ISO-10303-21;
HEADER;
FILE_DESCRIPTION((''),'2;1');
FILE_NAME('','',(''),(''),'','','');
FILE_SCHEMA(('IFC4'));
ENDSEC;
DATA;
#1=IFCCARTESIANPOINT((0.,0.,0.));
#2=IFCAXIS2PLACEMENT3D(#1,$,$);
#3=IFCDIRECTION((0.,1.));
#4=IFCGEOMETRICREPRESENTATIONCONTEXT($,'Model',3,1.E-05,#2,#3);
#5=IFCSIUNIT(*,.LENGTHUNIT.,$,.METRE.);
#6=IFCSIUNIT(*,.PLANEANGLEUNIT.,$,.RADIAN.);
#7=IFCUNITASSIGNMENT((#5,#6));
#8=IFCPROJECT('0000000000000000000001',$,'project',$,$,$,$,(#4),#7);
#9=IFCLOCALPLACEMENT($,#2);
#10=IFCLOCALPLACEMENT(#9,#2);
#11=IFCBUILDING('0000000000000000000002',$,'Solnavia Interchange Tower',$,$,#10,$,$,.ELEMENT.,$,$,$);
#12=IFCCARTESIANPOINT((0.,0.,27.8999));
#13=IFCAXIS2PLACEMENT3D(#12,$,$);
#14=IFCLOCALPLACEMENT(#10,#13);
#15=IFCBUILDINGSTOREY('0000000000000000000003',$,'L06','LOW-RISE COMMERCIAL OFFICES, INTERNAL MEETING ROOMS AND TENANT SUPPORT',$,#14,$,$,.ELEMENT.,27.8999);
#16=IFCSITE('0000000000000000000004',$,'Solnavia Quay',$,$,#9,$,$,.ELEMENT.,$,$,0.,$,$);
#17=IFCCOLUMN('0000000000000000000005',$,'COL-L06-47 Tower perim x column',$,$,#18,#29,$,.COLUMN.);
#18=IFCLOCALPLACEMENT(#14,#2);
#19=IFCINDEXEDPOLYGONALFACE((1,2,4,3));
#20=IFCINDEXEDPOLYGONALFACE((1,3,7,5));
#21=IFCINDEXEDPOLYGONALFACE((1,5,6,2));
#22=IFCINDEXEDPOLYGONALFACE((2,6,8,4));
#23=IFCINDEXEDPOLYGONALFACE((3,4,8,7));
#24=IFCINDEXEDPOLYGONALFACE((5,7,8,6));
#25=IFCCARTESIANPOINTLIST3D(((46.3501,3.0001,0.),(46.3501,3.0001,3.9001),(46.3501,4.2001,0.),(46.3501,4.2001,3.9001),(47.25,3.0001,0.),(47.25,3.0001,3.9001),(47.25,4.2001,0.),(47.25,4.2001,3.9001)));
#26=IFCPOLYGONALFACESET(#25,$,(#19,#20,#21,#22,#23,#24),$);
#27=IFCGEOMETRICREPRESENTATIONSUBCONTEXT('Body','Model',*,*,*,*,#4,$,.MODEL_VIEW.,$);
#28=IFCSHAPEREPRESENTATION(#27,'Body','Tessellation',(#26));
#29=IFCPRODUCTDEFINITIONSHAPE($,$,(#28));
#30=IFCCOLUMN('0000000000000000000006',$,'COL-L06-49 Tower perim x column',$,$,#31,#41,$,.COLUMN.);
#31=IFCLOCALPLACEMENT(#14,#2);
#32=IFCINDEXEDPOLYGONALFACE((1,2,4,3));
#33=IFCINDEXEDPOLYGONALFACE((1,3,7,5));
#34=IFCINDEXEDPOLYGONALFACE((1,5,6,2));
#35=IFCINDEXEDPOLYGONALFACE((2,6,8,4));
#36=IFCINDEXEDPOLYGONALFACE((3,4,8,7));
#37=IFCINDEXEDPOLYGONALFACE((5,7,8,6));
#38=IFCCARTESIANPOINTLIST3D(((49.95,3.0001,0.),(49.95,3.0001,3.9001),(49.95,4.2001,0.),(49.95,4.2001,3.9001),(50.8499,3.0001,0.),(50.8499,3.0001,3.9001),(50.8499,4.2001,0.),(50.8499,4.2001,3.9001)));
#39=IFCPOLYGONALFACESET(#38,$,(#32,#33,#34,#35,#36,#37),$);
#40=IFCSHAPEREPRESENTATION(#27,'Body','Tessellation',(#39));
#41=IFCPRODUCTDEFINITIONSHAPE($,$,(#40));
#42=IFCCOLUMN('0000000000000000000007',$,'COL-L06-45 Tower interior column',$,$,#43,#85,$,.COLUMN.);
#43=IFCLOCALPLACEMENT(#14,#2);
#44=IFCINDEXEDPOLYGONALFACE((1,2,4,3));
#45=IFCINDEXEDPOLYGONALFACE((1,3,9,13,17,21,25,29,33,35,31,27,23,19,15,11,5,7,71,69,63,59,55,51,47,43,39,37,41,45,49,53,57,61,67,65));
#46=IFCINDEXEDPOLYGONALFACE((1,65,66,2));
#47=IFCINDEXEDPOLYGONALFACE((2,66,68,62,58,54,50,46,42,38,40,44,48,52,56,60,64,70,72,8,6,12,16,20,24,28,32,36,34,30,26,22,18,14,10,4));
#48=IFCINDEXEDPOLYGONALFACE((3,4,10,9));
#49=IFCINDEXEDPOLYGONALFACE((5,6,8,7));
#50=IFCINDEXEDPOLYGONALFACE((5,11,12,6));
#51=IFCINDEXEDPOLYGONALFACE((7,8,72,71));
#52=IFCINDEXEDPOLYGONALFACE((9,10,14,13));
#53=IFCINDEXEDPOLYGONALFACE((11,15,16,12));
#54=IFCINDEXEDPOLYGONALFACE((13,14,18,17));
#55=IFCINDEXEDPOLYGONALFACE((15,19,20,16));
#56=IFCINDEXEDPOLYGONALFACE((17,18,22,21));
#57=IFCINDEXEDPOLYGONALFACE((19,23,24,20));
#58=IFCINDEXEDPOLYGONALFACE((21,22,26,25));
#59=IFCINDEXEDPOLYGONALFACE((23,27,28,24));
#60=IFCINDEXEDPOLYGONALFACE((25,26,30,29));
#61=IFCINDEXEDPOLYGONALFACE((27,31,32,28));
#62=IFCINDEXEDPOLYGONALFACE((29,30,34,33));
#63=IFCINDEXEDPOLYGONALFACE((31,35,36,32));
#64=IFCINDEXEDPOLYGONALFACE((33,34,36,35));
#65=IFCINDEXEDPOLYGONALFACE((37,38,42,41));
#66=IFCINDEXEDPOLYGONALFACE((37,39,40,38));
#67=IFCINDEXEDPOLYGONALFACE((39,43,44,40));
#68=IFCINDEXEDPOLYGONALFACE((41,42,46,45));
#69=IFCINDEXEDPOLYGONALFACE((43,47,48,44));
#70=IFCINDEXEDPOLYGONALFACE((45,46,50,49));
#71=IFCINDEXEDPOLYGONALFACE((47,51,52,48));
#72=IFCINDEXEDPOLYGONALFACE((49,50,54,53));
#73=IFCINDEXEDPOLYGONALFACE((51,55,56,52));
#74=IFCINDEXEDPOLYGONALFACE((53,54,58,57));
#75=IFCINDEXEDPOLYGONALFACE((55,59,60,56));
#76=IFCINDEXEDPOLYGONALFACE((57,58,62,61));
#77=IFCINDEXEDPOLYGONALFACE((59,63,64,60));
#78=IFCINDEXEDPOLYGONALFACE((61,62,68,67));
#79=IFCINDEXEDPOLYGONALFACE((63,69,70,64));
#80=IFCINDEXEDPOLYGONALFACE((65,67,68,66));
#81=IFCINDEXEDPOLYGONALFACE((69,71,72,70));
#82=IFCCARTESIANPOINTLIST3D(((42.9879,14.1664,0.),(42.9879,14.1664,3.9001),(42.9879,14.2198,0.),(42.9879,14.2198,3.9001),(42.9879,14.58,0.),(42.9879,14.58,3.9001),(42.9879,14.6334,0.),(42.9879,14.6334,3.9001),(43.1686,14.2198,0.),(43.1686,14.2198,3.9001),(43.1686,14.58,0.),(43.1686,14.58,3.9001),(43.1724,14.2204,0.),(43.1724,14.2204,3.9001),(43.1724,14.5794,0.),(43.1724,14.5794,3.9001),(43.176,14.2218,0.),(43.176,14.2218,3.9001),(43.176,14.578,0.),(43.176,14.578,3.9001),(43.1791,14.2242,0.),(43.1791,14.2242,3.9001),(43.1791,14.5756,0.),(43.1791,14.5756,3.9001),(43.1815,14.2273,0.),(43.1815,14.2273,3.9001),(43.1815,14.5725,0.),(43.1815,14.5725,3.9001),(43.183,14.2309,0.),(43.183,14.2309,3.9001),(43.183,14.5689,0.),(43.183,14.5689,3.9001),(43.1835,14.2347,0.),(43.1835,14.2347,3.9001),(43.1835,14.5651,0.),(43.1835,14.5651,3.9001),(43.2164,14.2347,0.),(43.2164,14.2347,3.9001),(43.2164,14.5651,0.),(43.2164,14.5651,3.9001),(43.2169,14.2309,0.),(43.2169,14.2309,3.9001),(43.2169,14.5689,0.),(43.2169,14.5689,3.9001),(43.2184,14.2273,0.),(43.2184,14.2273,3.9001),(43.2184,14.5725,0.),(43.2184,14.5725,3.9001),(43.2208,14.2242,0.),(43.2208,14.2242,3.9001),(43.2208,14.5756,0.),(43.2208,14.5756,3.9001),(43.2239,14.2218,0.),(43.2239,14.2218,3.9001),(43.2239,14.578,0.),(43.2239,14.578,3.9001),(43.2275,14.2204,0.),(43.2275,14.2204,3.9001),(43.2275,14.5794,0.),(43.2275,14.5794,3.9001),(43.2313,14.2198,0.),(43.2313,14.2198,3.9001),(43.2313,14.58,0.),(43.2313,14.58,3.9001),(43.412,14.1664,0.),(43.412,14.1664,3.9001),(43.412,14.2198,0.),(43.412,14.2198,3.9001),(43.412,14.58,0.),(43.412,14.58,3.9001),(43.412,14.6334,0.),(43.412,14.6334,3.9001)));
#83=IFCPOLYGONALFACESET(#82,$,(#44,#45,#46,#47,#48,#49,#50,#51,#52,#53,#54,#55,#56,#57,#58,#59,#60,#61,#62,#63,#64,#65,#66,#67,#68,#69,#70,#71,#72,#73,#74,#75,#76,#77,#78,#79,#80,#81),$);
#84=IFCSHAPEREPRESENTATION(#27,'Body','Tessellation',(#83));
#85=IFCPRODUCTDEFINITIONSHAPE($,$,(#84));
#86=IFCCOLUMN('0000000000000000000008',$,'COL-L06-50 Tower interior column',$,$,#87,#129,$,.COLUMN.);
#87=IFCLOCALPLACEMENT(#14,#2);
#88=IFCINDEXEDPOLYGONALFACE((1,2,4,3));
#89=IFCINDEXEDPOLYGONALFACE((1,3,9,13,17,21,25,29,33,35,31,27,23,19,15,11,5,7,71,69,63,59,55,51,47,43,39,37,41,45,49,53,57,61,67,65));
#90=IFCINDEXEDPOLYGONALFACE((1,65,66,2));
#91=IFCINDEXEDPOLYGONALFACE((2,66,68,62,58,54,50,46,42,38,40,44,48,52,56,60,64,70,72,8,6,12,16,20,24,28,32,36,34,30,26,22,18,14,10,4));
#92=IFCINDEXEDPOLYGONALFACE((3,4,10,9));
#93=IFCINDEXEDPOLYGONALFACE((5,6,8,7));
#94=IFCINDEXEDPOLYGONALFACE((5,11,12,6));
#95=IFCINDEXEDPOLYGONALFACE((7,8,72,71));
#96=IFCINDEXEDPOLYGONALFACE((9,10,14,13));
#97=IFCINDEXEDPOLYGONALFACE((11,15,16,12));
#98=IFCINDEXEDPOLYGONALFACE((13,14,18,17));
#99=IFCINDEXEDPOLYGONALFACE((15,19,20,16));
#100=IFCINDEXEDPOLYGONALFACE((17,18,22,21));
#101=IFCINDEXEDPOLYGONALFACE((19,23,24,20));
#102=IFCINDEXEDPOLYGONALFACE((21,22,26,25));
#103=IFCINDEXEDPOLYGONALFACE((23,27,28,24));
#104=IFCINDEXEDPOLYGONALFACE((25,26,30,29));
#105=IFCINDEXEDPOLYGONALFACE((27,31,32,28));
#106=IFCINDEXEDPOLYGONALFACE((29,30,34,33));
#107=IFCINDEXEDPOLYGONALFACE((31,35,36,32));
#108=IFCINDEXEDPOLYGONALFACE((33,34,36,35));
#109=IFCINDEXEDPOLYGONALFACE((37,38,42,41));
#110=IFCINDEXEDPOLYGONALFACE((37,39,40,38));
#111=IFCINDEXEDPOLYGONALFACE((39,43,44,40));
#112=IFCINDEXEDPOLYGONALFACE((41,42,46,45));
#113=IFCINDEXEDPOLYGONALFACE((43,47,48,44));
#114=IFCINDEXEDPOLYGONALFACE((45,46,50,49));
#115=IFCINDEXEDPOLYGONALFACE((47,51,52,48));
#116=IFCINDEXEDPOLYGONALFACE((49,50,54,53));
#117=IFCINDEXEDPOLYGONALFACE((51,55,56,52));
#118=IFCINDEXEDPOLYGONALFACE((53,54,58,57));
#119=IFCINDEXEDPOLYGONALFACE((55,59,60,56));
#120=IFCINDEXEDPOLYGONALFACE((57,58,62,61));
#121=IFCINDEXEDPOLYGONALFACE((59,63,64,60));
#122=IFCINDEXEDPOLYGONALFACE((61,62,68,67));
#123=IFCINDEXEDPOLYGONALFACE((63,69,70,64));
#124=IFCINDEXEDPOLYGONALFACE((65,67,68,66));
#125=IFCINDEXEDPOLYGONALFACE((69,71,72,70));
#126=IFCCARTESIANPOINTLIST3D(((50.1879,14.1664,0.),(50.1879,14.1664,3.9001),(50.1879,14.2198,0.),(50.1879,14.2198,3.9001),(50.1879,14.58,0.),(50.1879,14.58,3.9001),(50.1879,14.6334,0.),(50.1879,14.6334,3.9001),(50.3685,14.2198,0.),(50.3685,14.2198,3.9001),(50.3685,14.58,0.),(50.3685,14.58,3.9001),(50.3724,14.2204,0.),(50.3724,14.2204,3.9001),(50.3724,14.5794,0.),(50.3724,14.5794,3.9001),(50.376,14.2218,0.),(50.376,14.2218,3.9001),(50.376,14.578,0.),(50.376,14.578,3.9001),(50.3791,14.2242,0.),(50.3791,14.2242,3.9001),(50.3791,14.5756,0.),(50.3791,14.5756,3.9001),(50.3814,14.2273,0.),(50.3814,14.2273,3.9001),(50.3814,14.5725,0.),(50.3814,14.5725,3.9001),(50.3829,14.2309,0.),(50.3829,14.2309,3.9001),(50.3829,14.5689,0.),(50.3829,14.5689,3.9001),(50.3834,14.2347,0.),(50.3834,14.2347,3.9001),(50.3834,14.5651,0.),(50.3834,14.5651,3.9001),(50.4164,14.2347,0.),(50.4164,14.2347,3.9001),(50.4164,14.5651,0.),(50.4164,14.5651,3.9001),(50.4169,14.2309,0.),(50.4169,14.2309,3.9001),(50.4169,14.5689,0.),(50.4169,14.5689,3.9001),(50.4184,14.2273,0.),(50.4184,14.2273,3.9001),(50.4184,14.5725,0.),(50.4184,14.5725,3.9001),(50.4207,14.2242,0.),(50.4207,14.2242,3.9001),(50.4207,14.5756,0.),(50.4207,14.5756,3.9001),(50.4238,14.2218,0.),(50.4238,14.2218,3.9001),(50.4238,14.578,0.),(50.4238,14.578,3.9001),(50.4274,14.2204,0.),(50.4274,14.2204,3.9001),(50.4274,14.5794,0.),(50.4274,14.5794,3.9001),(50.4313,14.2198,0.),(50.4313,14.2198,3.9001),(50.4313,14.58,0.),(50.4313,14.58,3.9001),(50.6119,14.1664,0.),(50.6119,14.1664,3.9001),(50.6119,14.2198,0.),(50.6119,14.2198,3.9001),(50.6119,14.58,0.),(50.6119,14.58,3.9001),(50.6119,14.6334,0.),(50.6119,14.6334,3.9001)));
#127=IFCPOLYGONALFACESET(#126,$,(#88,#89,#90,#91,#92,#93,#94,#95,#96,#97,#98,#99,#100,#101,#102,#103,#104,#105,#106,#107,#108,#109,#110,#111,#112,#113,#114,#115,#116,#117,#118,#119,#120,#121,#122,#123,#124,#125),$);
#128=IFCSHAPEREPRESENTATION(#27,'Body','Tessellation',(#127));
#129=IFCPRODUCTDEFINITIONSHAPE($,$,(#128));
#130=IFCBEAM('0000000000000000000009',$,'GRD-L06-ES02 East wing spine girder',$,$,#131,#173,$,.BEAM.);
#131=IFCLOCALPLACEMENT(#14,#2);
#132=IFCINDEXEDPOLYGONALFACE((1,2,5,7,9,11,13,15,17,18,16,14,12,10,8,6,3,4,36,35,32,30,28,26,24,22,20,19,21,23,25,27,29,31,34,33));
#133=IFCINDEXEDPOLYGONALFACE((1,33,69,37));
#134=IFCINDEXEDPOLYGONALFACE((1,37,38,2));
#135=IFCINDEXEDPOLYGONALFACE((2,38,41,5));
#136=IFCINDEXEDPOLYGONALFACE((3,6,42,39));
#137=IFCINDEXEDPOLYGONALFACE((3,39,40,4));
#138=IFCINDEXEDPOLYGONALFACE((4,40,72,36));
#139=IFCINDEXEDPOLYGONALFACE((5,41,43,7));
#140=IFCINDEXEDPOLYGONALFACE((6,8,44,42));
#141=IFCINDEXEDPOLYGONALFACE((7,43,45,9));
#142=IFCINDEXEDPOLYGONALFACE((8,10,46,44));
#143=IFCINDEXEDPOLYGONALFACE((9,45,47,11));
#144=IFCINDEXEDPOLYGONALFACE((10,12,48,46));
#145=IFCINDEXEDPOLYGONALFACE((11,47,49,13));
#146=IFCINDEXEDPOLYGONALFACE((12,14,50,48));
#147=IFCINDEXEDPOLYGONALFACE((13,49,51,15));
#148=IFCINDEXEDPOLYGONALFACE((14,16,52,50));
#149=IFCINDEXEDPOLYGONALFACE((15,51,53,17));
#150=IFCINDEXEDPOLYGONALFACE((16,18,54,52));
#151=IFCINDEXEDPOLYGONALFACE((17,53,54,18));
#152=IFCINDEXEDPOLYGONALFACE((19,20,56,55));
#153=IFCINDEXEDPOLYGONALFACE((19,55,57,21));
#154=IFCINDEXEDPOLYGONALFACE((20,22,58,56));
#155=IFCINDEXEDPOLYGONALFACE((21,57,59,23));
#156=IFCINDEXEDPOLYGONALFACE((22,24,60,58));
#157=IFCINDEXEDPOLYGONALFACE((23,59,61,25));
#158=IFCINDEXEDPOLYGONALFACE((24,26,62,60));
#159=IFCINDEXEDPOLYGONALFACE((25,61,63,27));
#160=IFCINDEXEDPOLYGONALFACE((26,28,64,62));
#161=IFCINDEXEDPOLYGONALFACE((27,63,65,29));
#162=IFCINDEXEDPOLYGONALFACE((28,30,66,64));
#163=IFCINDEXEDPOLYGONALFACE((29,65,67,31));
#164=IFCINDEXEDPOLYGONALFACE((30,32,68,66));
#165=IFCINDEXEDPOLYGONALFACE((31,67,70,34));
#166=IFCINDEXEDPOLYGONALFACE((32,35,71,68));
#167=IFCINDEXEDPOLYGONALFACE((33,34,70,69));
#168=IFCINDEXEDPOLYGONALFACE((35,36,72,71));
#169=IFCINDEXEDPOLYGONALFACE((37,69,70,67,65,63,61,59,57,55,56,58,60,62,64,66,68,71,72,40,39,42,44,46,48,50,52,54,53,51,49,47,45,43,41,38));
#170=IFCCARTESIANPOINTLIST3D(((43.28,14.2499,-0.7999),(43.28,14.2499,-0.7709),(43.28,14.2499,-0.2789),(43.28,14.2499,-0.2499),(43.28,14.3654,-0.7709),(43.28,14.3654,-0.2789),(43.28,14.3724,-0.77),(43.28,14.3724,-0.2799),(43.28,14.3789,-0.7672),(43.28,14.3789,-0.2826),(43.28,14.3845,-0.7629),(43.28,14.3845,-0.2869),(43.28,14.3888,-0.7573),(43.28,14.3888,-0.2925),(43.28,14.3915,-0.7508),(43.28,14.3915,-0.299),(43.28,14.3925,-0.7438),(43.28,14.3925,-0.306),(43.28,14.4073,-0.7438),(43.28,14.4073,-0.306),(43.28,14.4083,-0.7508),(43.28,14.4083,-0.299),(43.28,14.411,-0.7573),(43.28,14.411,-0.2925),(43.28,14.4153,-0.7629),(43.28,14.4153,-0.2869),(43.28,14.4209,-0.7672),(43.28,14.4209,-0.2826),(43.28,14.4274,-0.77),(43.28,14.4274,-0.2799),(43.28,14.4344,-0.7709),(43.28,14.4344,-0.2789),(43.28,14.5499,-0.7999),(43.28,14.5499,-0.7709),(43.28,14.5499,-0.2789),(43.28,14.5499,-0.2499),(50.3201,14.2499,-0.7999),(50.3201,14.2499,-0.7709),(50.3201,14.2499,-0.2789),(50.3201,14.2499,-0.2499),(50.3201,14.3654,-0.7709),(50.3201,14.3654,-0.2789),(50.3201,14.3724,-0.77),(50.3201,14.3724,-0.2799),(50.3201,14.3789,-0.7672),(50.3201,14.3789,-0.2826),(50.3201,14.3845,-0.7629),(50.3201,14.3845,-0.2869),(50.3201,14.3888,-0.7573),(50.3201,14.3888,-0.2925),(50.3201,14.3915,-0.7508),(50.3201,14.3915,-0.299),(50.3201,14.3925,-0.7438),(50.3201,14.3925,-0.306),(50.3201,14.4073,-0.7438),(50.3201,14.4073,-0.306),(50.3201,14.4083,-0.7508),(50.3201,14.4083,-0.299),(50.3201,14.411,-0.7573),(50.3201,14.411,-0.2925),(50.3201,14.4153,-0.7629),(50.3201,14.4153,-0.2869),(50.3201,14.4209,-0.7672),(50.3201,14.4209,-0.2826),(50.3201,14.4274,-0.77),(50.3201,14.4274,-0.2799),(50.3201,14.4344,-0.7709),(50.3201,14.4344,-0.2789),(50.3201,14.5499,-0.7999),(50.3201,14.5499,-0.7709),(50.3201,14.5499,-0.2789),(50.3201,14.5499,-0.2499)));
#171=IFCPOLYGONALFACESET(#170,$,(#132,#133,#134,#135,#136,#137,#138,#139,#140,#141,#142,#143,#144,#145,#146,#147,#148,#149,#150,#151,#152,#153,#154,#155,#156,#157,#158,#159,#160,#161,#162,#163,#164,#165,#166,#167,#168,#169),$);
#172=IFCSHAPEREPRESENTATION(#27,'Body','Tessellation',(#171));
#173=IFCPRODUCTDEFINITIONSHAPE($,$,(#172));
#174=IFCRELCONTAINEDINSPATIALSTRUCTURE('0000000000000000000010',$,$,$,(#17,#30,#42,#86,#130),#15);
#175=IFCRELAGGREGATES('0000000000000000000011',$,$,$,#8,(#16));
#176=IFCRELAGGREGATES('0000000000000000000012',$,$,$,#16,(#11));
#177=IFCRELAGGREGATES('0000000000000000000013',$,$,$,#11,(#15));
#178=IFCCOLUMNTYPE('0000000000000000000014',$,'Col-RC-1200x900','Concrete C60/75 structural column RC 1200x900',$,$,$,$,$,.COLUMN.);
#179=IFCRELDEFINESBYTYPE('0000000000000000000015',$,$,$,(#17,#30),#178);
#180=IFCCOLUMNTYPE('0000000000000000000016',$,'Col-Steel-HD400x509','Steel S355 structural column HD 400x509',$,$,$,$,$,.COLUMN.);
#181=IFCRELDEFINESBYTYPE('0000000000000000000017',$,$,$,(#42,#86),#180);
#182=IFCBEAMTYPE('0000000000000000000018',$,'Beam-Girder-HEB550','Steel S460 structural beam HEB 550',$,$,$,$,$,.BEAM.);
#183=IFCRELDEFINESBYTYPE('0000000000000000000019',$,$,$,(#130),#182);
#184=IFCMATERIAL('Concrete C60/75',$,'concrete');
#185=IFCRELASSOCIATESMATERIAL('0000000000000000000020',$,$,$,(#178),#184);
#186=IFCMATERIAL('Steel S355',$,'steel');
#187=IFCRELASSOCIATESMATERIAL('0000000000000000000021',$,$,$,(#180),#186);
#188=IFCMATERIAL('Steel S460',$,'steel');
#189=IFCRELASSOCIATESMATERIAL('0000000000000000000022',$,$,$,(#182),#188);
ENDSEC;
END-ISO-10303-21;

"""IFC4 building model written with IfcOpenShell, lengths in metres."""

from ifc_helpers import new_model, si_unit, direction, frame, origin, origin_2d, place, context, subcontext, project, spatial, rectangle, i_section, extrude, material, material_profile, profile_set, type_object, element, save


model = new_model("IFC4")

# Units and contexts
model_context = context("Model", 3, precision=1e-05, world=origin(), true_north=direction((0.0, 1.0)))
body_context = subcontext(model_context, "Body", "Model", "MODEL_VIEW")
ifc_project = project(units=[si_unit("LENGTHUNIT", "METRE"), si_unit("PLANEANGLEUNIT", "RADIAN")], contexts=[model_context])

# Site, building, storey
site_placement = place(None, origin())
site = spatial("IfcSite", under=ifc_project, at=site_placement, Name="Solnavia Quay", CompositionType="ELEMENT", RefElevation=0.0)
building_placement = place(site_placement, origin())
building = spatial("IfcBuilding", under=site, at=building_placement, Name="Solnavia Interchange Tower", CompositionType="ELEMENT")
storey_placement = place(building_placement, frame((0.0, 0.0, 27.8999)))
storey = spatial("IfcBuildingStorey", under=building, at=storey_placement, Name="L06", Description="LOW-RISE COMMERCIAL OFFICES, INTERNAL MEETING ROOMS AND TENANT SUPPORT", CompositionType="ELEMENT", Elevation=27.8999)

# Columns
ifc_material_1 = material(Name="Concrete C60/75", Category="concrete")
ifc_material_profile_1 = material_profile(ifc_material_1, rectangle(XDim=0.8999, YDim=1.2, at=origin_2d()), Name="RC 1200x900")
ifc_profile_set_1 = profile_set([ifc_material_profile_1], Name="Concrete C60/75")
column_type_1 = type_object("IfcColumnType", Name="Col-RC-1200x900", Description="Concrete C60/75 structural column RC 1200x900", PredefinedType="COLUMN", material=ifc_profile_set_1)
for number, where, z_axis, x_axis, name in (
    (1, (46.8, 3.6001, 0.0), (0.0, 0.0, 1.0), (1.0, 0.0, 0.0), "COL-L06-47 Tower perim x column"),
    (2, (50.3999, 3.6001, 0.0), (0.0, 0.0, 1.0), (1.0, 0.0, 0.0), "COL-L06-49 Tower perim x column"),
):
    element("IfcColumn", number, at=place(storey_placement, frame(where, z_axis=z_axis, x_axis=x_axis)), inside=storey, type_object=column_type_1, Name=name, PredefinedType="COLUMN", context=body_context, shape_type="SweptSolid", body=[
        extrude(rectangle(XDim=0.8999, YDim=1.2, at=origin_2d()), origin(), (0.0, 0.0, 1.0), 3.9001),
    ])
ifc_material_2 = material(Name="Steel S355", Category="steel")
ifc_material_profile_2 = material_profile(ifc_material_2, i_section(OverallWidth=0.4241, OverallDepth=0.467, WebThickness=0.033, FlangeThickness=0.0535, FilletRadius=0.0149, at=origin_2d()), Name="HD 400x509")
ifc_profile_set_2 = profile_set([ifc_material_profile_2], Name="Steel S355")
column_type_2 = type_object("IfcColumnType", Name="Col-Steel-HD400x509", Description="Steel S355 structural column HD 400x509", PredefinedType="COLUMN", material=ifc_profile_set_2)
for number, where, z_axis, x_axis, name in (
    (3, (43.2, 14.3999, 0.0), (0.0, 0.0, 1.0), (1.0, 0.0, 0.0), "COL-L06-45 Tower interior column"),
    (4, (50.3999, 14.3999, 0.0), (0.0, 0.0, 1.0), (1.0, 0.0, 0.0), "COL-L06-50 Tower interior column"),
):
    element("IfcColumn", number, at=place(storey_placement, frame(where, z_axis=z_axis, x_axis=x_axis)), inside=storey, type_object=column_type_2, Name=name, PredefinedType="COLUMN", context=body_context, shape_type="SweptSolid", body=[
        extrude(i_section(OverallWidth=0.4241, OverallDepth=0.467, WebThickness=0.033, FlangeThickness=0.0535, FilletRadius=0.0149, at=origin_2d()), origin(), (0.0, 0.0, 1.0), 3.9001),
    ])

# Beam
ifc_material_3 = material(Name="Steel S460", Category="steel")
ifc_material_profile_3 = material_profile(ifc_material_3, i_section(OverallWidth=0.3, OverallDepth=0.55, WebThickness=0.0149, FlangeThickness=0.0291, FilletRadius=0.0271, at=origin_2d()), Name="HEB 550")
ifc_profile_set_3 = profile_set([ifc_material_profile_3], Name="Steel S460")
beam_type_1 = type_object("IfcBeamType", Name="Beam-Girder-HEB550", Description="Steel S460 structural beam HEB 550", PredefinedType="BEAM", material=ifc_profile_set_3)
beam_1_placement = place(storey_placement, frame((43.28, 14.3999, -0.5249), z_axis=(1.0, 0.0, 0.0), x_axis=(0.0, 1.0, 0.0)))
element("IfcBeam", 5, at=beam_1_placement, inside=storey, type_object=beam_type_1, Name="GRD-L06-ES02 East wing spine girder", PredefinedType="BEAM", context=body_context, shape_type="SweptSolid", body=[
    extrude(i_section(OverallWidth=0.3, OverallDepth=0.55, WebThickness=0.0149, FlangeThickness=0.0291, FilletRadius=0.0271, at=origin_2d()), origin(), (0.0, 0.0, 1.0), 7.04),
])

save(model, "model.ifc")
